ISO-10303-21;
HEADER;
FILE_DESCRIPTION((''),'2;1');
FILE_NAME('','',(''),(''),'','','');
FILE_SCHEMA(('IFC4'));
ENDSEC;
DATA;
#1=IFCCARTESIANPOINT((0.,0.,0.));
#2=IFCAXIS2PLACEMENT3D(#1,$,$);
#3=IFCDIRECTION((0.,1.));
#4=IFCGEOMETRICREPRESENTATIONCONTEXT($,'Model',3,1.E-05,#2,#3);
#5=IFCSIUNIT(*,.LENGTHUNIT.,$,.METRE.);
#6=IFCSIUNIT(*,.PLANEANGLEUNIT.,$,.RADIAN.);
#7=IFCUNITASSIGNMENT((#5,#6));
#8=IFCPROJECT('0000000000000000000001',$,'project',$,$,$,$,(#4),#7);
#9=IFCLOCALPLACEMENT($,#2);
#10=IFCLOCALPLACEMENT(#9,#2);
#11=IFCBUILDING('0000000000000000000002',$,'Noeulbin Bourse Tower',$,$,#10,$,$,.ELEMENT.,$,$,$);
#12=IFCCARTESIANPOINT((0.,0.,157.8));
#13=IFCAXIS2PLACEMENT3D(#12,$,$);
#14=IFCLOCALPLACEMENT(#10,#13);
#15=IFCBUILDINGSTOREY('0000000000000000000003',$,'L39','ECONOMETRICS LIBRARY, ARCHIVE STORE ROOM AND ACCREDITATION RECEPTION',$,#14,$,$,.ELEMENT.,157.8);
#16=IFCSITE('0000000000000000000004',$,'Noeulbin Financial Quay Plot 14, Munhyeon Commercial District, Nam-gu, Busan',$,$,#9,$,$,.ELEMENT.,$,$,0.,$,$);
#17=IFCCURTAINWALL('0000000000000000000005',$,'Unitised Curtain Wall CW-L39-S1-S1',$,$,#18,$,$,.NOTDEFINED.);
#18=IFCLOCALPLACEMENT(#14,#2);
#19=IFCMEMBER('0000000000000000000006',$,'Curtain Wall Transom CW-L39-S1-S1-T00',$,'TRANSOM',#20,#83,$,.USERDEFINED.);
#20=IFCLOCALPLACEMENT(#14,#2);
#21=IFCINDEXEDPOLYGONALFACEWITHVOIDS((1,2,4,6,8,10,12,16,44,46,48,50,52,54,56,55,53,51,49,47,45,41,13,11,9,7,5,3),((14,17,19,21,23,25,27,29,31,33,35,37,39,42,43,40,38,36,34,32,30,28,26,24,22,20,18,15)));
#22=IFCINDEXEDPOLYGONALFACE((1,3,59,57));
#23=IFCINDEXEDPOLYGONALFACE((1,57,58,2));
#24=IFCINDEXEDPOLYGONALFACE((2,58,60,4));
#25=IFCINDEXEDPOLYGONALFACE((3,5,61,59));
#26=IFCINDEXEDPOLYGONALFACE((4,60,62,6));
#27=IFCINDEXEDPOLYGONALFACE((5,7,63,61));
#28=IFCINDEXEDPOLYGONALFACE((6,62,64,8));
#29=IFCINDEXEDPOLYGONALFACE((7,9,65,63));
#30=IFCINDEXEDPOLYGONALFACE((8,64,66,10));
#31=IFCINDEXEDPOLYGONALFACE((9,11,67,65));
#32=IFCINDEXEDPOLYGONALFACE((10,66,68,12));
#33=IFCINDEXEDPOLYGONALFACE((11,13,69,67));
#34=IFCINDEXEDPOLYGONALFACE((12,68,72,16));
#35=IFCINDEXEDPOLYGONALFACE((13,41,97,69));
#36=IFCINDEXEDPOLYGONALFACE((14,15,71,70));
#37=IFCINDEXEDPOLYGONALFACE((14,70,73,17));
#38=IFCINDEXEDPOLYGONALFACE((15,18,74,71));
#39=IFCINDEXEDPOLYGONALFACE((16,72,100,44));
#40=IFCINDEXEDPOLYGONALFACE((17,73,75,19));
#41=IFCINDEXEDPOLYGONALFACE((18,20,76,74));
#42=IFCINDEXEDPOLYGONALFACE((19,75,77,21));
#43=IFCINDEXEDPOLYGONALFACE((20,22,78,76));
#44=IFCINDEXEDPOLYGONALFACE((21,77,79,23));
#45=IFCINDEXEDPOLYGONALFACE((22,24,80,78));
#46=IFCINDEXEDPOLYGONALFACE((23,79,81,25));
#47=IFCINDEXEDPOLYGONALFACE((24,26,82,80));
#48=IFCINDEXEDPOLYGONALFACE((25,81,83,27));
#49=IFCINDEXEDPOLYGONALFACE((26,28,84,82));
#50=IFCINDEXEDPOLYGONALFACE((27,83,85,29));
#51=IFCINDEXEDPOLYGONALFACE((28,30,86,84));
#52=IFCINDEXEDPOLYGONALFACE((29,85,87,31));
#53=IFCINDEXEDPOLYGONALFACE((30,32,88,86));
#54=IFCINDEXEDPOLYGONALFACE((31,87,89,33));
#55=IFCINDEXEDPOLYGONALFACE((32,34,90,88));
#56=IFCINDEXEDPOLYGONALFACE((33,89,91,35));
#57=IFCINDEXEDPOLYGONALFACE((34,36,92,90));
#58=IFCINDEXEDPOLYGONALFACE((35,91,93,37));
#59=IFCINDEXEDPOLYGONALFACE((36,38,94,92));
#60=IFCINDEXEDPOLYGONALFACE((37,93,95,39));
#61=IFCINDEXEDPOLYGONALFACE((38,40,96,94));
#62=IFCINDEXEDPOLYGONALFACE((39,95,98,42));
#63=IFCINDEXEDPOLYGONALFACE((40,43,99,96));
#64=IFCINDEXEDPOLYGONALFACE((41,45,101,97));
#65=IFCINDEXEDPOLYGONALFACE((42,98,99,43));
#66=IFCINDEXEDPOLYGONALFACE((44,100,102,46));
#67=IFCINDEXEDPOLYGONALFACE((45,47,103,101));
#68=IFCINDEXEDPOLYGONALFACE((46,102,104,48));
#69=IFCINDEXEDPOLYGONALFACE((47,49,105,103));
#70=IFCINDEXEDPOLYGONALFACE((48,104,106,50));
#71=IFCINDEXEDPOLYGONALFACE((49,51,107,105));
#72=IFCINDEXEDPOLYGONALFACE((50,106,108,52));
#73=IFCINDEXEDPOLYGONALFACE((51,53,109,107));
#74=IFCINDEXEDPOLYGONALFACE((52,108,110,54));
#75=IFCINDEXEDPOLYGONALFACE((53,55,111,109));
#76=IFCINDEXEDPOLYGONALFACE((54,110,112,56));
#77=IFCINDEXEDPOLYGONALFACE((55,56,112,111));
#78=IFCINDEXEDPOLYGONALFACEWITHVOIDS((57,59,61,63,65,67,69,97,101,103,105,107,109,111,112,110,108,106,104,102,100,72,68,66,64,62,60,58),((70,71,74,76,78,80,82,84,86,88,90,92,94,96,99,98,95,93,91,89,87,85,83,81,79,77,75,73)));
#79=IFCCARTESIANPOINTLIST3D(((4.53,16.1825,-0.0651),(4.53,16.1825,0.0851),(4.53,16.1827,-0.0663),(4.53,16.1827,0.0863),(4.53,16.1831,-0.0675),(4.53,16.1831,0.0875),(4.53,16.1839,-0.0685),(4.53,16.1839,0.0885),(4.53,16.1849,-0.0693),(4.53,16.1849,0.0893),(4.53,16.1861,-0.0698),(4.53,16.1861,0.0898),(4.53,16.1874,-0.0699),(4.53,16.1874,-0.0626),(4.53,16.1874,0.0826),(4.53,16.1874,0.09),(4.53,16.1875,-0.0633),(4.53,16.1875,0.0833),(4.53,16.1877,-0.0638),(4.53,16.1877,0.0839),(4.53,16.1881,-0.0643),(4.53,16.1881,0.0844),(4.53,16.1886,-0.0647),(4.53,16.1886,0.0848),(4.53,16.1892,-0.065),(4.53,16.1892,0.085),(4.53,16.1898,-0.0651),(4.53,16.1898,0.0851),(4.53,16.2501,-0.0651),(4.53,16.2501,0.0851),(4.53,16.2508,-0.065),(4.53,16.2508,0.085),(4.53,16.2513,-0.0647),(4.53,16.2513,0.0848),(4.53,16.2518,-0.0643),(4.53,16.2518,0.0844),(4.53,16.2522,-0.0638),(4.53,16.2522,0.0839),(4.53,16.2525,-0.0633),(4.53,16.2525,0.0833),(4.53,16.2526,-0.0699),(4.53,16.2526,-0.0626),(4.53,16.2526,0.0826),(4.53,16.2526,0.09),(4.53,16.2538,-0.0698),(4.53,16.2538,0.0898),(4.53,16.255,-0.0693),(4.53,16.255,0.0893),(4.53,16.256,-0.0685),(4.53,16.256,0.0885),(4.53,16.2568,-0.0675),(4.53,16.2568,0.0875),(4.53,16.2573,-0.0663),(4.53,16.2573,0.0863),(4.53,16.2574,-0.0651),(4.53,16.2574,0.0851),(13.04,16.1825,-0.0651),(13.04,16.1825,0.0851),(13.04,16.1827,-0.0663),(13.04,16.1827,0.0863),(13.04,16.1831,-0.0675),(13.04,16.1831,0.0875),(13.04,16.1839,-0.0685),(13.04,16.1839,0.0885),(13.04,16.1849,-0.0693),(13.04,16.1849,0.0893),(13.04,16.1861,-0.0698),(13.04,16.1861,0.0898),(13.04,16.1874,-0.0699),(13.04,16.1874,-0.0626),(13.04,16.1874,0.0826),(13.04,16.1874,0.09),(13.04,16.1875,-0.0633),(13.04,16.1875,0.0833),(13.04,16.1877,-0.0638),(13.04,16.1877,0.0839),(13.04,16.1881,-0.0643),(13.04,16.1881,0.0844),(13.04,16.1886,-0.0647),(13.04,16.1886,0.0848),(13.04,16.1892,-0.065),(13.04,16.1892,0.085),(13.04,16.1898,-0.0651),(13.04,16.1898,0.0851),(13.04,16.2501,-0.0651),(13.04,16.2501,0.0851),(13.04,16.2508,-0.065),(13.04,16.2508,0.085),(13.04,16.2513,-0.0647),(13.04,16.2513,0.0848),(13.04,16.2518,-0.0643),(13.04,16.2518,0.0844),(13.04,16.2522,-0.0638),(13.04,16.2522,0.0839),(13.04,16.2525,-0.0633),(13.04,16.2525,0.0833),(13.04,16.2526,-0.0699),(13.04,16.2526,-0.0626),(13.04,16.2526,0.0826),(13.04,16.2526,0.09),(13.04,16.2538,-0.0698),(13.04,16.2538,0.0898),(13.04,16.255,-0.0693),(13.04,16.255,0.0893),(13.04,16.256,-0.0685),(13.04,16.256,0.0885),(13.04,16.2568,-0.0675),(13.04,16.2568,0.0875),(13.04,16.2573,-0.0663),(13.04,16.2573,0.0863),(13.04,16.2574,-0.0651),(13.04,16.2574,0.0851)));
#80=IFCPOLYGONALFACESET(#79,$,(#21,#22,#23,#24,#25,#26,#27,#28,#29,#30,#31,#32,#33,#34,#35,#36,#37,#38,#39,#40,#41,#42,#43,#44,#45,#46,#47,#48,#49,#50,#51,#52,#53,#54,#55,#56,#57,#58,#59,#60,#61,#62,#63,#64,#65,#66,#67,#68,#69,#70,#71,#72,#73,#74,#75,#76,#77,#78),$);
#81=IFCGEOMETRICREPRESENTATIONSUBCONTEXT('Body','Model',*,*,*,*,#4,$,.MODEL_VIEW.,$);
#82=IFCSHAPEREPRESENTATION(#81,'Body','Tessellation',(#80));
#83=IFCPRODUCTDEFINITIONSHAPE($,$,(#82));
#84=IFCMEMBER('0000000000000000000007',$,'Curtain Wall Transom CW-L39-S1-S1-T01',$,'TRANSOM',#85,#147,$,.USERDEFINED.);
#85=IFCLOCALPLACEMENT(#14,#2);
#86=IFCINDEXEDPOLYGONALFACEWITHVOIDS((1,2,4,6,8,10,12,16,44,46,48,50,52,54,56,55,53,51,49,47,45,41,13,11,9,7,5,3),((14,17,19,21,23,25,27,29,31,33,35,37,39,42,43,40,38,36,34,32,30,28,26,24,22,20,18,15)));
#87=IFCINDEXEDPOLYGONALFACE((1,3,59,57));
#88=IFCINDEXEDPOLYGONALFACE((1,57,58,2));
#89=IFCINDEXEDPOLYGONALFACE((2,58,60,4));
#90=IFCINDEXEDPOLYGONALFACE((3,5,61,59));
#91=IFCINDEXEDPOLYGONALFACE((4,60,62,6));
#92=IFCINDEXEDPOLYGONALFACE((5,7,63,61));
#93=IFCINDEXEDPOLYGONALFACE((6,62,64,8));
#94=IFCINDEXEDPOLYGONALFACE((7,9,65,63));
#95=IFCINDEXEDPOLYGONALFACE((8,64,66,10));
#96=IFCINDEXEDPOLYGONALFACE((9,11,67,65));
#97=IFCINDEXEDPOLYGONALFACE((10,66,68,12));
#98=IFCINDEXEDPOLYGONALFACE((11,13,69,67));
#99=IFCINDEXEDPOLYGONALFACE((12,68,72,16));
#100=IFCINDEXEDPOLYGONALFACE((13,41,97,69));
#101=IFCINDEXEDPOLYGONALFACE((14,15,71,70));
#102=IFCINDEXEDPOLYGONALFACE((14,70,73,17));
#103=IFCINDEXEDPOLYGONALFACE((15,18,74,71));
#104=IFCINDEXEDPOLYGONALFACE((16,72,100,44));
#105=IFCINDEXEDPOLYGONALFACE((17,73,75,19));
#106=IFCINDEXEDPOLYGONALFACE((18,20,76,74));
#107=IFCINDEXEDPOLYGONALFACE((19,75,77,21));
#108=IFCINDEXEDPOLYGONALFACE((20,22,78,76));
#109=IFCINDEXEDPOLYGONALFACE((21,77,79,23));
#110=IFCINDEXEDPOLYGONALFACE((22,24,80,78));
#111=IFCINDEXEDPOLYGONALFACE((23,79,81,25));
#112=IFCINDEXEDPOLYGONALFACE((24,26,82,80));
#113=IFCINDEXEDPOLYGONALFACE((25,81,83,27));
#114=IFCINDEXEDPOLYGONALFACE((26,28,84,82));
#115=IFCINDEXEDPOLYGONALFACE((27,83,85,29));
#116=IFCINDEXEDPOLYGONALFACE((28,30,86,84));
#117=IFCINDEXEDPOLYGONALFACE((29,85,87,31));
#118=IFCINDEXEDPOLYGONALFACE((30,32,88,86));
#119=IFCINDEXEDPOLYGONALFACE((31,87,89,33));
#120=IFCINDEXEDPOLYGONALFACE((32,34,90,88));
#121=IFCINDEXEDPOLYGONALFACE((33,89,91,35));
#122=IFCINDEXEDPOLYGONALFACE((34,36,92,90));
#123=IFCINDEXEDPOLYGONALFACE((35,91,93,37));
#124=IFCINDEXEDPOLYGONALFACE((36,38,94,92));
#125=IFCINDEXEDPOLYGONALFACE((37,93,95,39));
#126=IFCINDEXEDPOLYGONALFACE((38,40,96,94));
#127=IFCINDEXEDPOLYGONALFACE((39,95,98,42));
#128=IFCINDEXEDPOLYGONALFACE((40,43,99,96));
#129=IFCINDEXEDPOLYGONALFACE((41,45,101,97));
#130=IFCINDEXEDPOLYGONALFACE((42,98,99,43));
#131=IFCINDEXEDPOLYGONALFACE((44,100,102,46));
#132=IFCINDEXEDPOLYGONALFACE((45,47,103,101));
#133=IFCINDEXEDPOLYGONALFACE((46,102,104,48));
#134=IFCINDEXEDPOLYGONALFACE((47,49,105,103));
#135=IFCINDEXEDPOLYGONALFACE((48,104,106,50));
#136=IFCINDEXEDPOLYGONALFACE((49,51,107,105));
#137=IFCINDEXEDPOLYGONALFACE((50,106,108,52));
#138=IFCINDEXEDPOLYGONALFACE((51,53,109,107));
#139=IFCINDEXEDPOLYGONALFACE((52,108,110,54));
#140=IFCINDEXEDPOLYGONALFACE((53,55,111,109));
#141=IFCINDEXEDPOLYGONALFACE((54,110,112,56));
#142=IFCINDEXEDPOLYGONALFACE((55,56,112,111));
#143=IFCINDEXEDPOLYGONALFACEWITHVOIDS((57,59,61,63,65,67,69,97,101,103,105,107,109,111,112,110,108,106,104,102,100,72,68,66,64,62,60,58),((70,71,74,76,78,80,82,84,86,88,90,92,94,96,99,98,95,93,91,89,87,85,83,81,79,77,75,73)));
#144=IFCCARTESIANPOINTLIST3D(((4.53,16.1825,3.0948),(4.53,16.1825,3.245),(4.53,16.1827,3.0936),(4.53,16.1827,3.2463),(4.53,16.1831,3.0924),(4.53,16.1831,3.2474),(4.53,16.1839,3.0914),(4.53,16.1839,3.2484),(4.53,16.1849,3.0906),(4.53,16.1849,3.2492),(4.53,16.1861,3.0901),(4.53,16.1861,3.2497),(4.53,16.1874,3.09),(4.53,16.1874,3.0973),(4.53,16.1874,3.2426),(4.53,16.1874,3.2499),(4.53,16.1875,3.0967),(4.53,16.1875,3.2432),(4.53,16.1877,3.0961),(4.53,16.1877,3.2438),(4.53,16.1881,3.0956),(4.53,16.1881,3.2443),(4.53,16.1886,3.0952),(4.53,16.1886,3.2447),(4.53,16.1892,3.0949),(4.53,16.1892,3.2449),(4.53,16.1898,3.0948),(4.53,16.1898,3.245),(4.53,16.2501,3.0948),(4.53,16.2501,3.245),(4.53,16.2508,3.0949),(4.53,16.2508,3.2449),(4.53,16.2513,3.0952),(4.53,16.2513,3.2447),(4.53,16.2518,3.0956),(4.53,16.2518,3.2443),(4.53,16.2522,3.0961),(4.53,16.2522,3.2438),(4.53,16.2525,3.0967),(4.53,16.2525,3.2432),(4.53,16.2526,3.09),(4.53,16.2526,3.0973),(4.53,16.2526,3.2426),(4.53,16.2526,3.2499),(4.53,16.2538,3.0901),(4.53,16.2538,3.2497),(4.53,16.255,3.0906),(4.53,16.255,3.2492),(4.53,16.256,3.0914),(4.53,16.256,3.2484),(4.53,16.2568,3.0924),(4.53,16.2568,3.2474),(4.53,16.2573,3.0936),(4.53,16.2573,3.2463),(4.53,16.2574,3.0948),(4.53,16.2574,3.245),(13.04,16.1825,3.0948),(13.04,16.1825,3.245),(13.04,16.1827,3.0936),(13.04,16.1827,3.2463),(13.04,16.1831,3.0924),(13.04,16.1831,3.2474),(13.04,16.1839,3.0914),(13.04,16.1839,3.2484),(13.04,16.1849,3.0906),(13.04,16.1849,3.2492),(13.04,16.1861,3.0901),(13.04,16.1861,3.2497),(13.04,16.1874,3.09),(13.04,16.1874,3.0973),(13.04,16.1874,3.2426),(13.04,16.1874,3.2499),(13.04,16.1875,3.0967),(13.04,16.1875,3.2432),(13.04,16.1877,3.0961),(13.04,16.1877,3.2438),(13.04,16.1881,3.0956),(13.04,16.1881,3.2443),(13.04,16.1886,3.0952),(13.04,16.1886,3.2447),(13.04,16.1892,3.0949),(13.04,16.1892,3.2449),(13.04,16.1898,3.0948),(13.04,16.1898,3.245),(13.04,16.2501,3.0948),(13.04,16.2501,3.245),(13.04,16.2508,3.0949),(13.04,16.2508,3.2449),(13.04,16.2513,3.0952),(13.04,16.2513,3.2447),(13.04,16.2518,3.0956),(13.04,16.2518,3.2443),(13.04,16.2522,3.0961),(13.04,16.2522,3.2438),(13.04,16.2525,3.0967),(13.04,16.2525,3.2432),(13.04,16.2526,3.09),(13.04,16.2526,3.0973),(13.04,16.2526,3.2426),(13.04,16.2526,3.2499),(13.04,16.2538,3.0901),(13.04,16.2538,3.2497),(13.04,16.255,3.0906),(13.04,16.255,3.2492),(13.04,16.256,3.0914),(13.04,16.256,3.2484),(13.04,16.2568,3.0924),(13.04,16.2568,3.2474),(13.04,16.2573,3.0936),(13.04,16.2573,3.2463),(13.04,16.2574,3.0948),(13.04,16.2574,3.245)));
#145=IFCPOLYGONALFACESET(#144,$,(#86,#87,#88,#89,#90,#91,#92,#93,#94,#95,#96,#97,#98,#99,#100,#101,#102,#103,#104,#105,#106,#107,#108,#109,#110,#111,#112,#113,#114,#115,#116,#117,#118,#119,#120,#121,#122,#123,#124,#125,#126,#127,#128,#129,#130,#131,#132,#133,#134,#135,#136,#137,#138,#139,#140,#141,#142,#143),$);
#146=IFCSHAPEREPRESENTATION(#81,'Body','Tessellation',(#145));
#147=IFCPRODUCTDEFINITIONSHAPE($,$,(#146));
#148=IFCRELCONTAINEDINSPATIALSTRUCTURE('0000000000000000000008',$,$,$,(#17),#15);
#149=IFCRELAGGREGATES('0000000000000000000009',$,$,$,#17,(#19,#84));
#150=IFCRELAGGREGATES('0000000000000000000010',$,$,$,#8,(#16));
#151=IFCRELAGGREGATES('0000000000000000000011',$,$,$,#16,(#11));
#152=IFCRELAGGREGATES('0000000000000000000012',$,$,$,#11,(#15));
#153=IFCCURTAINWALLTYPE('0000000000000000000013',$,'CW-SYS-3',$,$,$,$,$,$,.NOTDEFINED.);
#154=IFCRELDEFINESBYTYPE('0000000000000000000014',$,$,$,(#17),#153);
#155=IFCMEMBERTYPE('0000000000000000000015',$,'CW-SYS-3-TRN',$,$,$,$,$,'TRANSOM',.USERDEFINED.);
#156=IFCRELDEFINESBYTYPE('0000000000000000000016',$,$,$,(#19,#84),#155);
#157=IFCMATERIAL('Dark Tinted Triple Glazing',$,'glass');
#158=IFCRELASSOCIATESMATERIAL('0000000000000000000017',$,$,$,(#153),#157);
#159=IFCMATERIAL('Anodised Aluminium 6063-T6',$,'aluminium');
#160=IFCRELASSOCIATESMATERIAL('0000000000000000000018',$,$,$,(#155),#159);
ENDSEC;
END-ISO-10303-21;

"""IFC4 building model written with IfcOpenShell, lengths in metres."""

from ifc_helpers import new_model, si_unit, direction, frame, origin, origin_2d, place, context, subcontext, project, spatial, hollow_rectangle, extrude, material, material_profile, profile_set, type_object, element, aggregate, save


model = new_model("IFC4")

# Units and contexts
model_context = context("Model", 3, precision=1e-05, world=origin(), true_north=direction((0.0, 1.0)))
body_context = subcontext(model_context, "Body", "Model", "MODEL_VIEW")
ifc_project = project(units=[si_unit("LENGTHUNIT", "METRE"), si_unit("PLANEANGLEUNIT", "RADIAN")], contexts=[model_context])

# Site, building, storey
site_placement = place(None, origin())
site = spatial("IfcSite", under=ifc_project, at=site_placement, Name="Noeulbin Financial Quay Plot 14, Munhyeon Commercial District, Nam-gu, Busan", CompositionType="ELEMENT", RefElevation=0.0)
building_placement = place(site_placement, origin())
building = spatial("IfcBuilding", under=site, at=building_placement, Name="Noeulbin Bourse Tower", CompositionType="ELEMENT")
storey_placement = place(building_placement, frame((0.0, 0.0, 157.8)))
storey = spatial("IfcBuildingStorey", under=building, at=storey_placement, Name="L39", Description="ECONOMETRICS LIBRARY, ARCHIVE STORE ROOM AND ACCREDITATION RECEPTION", CompositionType="ELEMENT", Elevation=157.8)

# Curtain wall
ifc_material_1 = material(Name="Dark Tinted Triple Glazing", Category="glass")
curtain_wall_type = type_object("IfcCurtainWallType", Name="CW-SYS-3", PredefinedType="NOTDEFINED", material=ifc_material_1)
curtain_wall_1_placement = place(storey_placement, origin())
curtain_wall_1 = element("IfcCurtainWall", 1, at=curtain_wall_1_placement, inside=storey, type_object=curtain_wall_type, Name="Unitised Curtain Wall CW-L39-S1-S1", PredefinedType="NOTDEFINED")
ifc_material_2 = material(Name="Anodised Aluminium 6063-T6", Category="aluminium")

# Members
ifc_material_profile_1 = material_profile(ifc_material_2, hollow_rectangle(XDim=0.075, YDim=0.1599, WallThickness=0.0049, InnerFilletRadius=0.0024, OuterFilletRadius=0.0049, at=origin_2d()), Name="ALU-TRAN-75x160x5", Category="LoadBearing")
ifc_profile_set_1 = profile_set([ifc_material_profile_1], Name="Anodised Aluminium 6063-T6")
member_type_1 = type_object("IfcMemberType", Name="CW-SYS-3-TRN", ElementType="TRANSOM", PredefinedType="USERDEFINED", material=ifc_profile_set_1)
member_1_placement = place(storey_placement, frame((4.53, 16.22, 0.01), z_axis=(1.0, 0.0, 0.0), x_axis=(0.0, 1.0, 0.0)))
member_1 = element("IfcMember", 2, at=member_1_placement, type_object=member_type_1, Name="Curtain Wall Transom CW-L39-S1-S1-T00", ObjectType="TRANSOM", PredefinedType="USERDEFINED", context=body_context, shape_type="SweptSolid", body=[
    extrude(hollow_rectangle(XDim=0.075, YDim=0.1599, WallThickness=0.0049, InnerFilletRadius=0.0024, OuterFilletRadius=0.0049, at=origin_2d()), origin(), (0.0, 0.0, 1.0), 8.51),
])
member_2_placement = place(storey_placement, frame((4.53, 16.22, 3.1699), z_axis=(1.0, 0.0, 0.0), x_axis=(0.0, 1.0, 0.0)))
member_2 = element("IfcMember", 3, at=member_2_placement, type_object=member_type_1, Name="Curtain Wall Transom CW-L39-S1-S1-T01", ObjectType="TRANSOM", PredefinedType="USERDEFINED", context=body_context, shape_type="SweptSolid", body=[
    extrude(hollow_rectangle(XDim=0.075, YDim=0.1599, WallThickness=0.0049, InnerFilletRadius=0.0024, OuterFilletRadius=0.0049, at=origin_2d()), origin(), (0.0, 0.0, 1.0), 8.51),
])

aggregate(curtain_wall_1, [member_1, member_2])

save(model, "model.ifc")
